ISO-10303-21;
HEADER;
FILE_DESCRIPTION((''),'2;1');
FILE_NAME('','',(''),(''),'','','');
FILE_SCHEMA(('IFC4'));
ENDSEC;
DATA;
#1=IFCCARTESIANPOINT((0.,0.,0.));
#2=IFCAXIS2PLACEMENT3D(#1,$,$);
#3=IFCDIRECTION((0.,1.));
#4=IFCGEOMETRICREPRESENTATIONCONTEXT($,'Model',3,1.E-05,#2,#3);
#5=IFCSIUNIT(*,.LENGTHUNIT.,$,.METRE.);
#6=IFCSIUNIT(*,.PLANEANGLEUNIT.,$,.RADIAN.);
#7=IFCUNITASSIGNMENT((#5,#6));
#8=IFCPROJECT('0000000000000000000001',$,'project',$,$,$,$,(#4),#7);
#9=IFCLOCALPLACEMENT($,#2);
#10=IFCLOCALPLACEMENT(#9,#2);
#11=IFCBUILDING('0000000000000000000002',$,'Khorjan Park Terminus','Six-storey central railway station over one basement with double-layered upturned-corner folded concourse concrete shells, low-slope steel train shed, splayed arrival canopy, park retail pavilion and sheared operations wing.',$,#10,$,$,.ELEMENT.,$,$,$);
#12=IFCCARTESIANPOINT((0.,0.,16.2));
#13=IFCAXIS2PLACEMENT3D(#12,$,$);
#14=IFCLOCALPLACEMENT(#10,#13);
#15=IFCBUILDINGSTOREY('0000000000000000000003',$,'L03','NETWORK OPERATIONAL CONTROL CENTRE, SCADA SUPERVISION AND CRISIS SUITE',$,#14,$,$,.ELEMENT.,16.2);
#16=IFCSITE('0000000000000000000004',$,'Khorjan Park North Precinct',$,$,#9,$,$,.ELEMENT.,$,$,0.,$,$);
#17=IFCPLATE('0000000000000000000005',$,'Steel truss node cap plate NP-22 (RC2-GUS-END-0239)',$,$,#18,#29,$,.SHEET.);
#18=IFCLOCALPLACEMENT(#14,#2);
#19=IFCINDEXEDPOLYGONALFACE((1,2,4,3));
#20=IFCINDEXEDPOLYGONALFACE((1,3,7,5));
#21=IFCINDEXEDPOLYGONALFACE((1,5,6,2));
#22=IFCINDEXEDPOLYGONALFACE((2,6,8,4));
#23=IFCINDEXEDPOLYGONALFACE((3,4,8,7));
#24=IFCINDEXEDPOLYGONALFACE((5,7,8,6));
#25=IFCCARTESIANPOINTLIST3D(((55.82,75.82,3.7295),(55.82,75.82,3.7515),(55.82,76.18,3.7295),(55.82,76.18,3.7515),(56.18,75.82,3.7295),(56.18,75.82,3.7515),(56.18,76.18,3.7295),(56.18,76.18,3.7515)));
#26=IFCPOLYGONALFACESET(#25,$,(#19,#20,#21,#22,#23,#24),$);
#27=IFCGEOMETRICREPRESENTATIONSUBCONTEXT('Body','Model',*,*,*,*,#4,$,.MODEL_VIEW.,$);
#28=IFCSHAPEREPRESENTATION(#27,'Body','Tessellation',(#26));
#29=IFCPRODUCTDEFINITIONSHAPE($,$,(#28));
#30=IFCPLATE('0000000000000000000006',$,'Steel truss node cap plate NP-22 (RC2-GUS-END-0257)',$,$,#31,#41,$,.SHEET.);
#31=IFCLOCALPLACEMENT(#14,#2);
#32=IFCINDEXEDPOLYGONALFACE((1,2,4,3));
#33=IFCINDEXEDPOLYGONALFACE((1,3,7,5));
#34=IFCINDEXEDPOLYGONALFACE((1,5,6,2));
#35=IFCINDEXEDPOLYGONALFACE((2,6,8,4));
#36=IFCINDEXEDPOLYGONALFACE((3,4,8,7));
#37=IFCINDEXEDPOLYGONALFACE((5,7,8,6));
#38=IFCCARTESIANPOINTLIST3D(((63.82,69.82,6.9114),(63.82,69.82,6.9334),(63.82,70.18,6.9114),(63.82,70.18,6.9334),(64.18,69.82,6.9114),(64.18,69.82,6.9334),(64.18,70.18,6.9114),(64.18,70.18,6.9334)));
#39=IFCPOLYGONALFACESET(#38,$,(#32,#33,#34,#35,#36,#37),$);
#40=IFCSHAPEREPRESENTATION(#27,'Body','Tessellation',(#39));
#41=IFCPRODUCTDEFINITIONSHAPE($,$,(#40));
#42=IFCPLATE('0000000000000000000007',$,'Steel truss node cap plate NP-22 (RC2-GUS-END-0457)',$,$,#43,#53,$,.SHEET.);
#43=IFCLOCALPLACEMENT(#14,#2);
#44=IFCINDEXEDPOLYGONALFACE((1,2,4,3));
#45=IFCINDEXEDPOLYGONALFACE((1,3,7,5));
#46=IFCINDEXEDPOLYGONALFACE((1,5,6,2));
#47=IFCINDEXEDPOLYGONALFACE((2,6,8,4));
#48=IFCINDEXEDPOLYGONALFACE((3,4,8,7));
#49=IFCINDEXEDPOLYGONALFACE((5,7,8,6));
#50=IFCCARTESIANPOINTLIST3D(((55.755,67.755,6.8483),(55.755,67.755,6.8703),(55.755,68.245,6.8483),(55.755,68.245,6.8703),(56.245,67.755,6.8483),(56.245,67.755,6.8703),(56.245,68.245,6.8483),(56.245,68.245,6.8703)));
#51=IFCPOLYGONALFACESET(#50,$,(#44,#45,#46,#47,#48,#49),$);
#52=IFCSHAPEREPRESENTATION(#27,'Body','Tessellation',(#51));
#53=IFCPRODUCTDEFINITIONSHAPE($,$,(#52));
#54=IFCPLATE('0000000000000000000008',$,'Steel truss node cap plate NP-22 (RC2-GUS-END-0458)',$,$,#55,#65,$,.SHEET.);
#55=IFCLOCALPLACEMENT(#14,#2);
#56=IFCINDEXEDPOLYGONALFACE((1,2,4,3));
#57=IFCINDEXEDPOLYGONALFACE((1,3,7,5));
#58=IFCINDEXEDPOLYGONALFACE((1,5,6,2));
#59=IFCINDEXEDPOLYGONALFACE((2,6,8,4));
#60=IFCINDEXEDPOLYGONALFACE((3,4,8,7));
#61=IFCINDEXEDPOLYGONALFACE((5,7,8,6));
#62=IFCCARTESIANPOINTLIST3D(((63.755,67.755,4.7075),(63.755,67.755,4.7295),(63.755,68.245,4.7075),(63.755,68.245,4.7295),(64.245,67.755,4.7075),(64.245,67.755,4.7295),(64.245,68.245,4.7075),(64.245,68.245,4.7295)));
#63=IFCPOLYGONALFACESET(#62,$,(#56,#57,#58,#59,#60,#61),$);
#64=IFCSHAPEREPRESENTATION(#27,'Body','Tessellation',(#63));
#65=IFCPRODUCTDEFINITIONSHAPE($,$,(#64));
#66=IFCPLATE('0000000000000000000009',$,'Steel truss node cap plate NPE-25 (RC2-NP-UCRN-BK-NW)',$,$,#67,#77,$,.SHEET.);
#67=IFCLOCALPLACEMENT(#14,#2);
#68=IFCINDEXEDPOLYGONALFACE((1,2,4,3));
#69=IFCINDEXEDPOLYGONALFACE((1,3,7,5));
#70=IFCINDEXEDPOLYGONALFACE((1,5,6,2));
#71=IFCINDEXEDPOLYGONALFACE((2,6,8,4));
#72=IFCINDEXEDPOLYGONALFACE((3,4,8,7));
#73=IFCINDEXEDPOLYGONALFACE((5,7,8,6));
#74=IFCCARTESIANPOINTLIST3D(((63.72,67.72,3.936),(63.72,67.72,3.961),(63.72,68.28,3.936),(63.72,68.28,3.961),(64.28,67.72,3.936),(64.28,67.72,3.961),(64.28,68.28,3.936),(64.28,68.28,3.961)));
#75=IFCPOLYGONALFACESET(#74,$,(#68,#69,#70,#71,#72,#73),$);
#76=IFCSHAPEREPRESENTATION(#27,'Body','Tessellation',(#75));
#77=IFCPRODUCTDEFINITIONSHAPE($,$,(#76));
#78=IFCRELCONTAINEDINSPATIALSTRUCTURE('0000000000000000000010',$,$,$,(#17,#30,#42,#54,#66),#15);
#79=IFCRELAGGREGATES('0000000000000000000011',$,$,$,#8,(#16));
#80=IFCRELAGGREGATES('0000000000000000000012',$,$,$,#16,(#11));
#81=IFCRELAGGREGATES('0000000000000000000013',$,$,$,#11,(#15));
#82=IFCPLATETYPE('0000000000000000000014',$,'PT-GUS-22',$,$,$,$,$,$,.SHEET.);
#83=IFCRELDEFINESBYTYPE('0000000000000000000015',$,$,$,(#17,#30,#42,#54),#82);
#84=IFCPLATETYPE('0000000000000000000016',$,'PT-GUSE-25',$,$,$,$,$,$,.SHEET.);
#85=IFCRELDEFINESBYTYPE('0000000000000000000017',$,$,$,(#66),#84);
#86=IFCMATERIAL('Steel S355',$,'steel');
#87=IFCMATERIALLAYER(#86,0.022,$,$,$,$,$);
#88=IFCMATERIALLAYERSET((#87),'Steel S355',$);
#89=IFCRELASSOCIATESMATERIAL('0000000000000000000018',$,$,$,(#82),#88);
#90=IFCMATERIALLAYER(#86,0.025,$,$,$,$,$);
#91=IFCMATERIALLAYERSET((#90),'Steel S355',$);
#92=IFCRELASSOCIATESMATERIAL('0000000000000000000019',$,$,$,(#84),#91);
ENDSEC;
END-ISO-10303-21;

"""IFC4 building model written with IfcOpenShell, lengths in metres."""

from ifc_helpers import new_model, si_unit, direction, frame, origin, origin_2d, place, context, subcontext, project, spatial, rectangle, extrude, material, layer, layer_set, type_object, element, save


model = new_model("IFC4")

# Units and contexts
model_context = context("Model", 3, precision=1e-05, world=origin(), true_north=direction((0.0, 1.0)))
body_context = subcontext(model_context, "Body", "Model", "MODEL_VIEW")
ifc_project = project(units=[si_unit("LENGTHUNIT", "METRE"), si_unit("PLANEANGLEUNIT", "RADIAN")], contexts=[model_context])

# Site, building, storey
site_placement = place(None, origin())
site = spatial("IfcSite", under=ifc_project, at=site_placement, Name="Khorjan Park North Precinct", CompositionType="ELEMENT", RefElevation=0.0)
building_placement = place(site_placement, origin())
building = spatial("IfcBuilding", under=site, at=building_placement, Name="Khorjan Park Terminus", Description="Six-storey central railway station over one basement with double-layered upturned-corner folded concourse concrete shells, low-slope steel train shed, splayed arrival canopy, park retail pavilion and sheared operations wing.", CompositionType="ELEMENT")
storey_placement = place(building_placement, frame((0.0, 0.0, 16.2)))
storey = spatial("IfcBuildingStorey", under=building, at=storey_placement, Name="L03", Description="NETWORK OPERATIONAL CONTROL CENTRE, SCADA SUPERVISION AND CRISIS SUITE", CompositionType="ELEMENT", Elevation=16.2)

# Shared definitions
ifc_material = material(Name="Steel S355", Category="steel")

# Plates
ifc_layer_1 = layer(ifc_material, 0.022)
ifc_layer_set_1 = layer_set([ifc_layer_1], Name="Steel S355")
plate_type_1 = type_object("IfcPlateType", Name="PT-GUS-22", PredefinedType="SHEET", material=ifc_layer_set_1)
for number, where, z_axis, x_axis, name in (
    (1, (56.0, 76.0, 3.7295), (0.0, 0.0, 1.0), (1.0, 0.0, 0.0), "Steel truss node cap plate NP-22 (RC2-GUS-END-0239)"),
    (2, (64.0, 70.0, 6.9114), (0.0, 0.0, 1.0), (1.0, 0.0, 0.0), "Steel truss node cap plate NP-22 (RC2-GUS-END-0257)"),
):
    element("IfcPlate", number, at=place(storey_placement, frame(where, z_axis=z_axis, x_axis=x_axis)), inside=storey, type_object=plate_type_1, Name=name, PredefinedType="SHEET", context=body_context, shape_type="SweptSolid", body=[
        extrude(rectangle(XDim=0.36, YDim=0.36, at=origin_2d()), origin(), (0.0, 0.0, 1.0), 0.022),
    ])
for number, where, z_axis, x_axis, name in (
    (3, (56.0, 68.0, 6.8483), (0.0, 0.0, 1.0), (1.0, 0.0, 0.0), "Steel truss node cap plate NP-22 (RC2-GUS-END-0457)"),
    (4, (64.0, 68.0, 4.7075), (0.0, 0.0, 1.0), (1.0, 0.0, 0.0), "Steel truss node cap plate NP-22 (RC2-GUS-END-0458)"),
):
    element("IfcPlate", number, at=place(storey_placement, frame(where, z_axis=z_axis, x_axis=x_axis)), inside=storey, type_object=plate_type_1, Name=name, PredefinedType="SHEET", context=body_context, shape_type="SweptSolid", body=[
        extrude(rectangle(XDim=0.49, YDim=0.49, at=origin_2d()), origin(), (0.0, 0.0, 1.0), 0.022),
    ])
ifc_layer_2 = layer(ifc_material, 0.025)
ifc_layer_set_2 = layer_set([ifc_layer_2], Name="Steel S355")
plate_type_2 = type_object("IfcPlateType", Name="PT-GUSE-25", PredefinedType="SHEET", material=ifc_layer_set_2)
plate_placement = place(storey_placement, frame((64.0, 68.0, 3.936), z_axis=(0.0, 0.0, 1.0), x_axis=(1.0, 0.0, 0.0)))
element("IfcPlate", 5, at=plate_placement, inside=storey, type_object=plate_type_2, Name="Steel truss node cap plate NPE-25 (RC2-NP-UCRN-BK-NW)", PredefinedType="SHEET", context=body_context, shape_type="SweptSolid", body=[
    extrude(rectangle(XDim=0.56, YDim=0.56, at=origin_2d()), origin(), (0.0, 0.0, 1.0), 0.025),
])

save(model, "model.ifc")
